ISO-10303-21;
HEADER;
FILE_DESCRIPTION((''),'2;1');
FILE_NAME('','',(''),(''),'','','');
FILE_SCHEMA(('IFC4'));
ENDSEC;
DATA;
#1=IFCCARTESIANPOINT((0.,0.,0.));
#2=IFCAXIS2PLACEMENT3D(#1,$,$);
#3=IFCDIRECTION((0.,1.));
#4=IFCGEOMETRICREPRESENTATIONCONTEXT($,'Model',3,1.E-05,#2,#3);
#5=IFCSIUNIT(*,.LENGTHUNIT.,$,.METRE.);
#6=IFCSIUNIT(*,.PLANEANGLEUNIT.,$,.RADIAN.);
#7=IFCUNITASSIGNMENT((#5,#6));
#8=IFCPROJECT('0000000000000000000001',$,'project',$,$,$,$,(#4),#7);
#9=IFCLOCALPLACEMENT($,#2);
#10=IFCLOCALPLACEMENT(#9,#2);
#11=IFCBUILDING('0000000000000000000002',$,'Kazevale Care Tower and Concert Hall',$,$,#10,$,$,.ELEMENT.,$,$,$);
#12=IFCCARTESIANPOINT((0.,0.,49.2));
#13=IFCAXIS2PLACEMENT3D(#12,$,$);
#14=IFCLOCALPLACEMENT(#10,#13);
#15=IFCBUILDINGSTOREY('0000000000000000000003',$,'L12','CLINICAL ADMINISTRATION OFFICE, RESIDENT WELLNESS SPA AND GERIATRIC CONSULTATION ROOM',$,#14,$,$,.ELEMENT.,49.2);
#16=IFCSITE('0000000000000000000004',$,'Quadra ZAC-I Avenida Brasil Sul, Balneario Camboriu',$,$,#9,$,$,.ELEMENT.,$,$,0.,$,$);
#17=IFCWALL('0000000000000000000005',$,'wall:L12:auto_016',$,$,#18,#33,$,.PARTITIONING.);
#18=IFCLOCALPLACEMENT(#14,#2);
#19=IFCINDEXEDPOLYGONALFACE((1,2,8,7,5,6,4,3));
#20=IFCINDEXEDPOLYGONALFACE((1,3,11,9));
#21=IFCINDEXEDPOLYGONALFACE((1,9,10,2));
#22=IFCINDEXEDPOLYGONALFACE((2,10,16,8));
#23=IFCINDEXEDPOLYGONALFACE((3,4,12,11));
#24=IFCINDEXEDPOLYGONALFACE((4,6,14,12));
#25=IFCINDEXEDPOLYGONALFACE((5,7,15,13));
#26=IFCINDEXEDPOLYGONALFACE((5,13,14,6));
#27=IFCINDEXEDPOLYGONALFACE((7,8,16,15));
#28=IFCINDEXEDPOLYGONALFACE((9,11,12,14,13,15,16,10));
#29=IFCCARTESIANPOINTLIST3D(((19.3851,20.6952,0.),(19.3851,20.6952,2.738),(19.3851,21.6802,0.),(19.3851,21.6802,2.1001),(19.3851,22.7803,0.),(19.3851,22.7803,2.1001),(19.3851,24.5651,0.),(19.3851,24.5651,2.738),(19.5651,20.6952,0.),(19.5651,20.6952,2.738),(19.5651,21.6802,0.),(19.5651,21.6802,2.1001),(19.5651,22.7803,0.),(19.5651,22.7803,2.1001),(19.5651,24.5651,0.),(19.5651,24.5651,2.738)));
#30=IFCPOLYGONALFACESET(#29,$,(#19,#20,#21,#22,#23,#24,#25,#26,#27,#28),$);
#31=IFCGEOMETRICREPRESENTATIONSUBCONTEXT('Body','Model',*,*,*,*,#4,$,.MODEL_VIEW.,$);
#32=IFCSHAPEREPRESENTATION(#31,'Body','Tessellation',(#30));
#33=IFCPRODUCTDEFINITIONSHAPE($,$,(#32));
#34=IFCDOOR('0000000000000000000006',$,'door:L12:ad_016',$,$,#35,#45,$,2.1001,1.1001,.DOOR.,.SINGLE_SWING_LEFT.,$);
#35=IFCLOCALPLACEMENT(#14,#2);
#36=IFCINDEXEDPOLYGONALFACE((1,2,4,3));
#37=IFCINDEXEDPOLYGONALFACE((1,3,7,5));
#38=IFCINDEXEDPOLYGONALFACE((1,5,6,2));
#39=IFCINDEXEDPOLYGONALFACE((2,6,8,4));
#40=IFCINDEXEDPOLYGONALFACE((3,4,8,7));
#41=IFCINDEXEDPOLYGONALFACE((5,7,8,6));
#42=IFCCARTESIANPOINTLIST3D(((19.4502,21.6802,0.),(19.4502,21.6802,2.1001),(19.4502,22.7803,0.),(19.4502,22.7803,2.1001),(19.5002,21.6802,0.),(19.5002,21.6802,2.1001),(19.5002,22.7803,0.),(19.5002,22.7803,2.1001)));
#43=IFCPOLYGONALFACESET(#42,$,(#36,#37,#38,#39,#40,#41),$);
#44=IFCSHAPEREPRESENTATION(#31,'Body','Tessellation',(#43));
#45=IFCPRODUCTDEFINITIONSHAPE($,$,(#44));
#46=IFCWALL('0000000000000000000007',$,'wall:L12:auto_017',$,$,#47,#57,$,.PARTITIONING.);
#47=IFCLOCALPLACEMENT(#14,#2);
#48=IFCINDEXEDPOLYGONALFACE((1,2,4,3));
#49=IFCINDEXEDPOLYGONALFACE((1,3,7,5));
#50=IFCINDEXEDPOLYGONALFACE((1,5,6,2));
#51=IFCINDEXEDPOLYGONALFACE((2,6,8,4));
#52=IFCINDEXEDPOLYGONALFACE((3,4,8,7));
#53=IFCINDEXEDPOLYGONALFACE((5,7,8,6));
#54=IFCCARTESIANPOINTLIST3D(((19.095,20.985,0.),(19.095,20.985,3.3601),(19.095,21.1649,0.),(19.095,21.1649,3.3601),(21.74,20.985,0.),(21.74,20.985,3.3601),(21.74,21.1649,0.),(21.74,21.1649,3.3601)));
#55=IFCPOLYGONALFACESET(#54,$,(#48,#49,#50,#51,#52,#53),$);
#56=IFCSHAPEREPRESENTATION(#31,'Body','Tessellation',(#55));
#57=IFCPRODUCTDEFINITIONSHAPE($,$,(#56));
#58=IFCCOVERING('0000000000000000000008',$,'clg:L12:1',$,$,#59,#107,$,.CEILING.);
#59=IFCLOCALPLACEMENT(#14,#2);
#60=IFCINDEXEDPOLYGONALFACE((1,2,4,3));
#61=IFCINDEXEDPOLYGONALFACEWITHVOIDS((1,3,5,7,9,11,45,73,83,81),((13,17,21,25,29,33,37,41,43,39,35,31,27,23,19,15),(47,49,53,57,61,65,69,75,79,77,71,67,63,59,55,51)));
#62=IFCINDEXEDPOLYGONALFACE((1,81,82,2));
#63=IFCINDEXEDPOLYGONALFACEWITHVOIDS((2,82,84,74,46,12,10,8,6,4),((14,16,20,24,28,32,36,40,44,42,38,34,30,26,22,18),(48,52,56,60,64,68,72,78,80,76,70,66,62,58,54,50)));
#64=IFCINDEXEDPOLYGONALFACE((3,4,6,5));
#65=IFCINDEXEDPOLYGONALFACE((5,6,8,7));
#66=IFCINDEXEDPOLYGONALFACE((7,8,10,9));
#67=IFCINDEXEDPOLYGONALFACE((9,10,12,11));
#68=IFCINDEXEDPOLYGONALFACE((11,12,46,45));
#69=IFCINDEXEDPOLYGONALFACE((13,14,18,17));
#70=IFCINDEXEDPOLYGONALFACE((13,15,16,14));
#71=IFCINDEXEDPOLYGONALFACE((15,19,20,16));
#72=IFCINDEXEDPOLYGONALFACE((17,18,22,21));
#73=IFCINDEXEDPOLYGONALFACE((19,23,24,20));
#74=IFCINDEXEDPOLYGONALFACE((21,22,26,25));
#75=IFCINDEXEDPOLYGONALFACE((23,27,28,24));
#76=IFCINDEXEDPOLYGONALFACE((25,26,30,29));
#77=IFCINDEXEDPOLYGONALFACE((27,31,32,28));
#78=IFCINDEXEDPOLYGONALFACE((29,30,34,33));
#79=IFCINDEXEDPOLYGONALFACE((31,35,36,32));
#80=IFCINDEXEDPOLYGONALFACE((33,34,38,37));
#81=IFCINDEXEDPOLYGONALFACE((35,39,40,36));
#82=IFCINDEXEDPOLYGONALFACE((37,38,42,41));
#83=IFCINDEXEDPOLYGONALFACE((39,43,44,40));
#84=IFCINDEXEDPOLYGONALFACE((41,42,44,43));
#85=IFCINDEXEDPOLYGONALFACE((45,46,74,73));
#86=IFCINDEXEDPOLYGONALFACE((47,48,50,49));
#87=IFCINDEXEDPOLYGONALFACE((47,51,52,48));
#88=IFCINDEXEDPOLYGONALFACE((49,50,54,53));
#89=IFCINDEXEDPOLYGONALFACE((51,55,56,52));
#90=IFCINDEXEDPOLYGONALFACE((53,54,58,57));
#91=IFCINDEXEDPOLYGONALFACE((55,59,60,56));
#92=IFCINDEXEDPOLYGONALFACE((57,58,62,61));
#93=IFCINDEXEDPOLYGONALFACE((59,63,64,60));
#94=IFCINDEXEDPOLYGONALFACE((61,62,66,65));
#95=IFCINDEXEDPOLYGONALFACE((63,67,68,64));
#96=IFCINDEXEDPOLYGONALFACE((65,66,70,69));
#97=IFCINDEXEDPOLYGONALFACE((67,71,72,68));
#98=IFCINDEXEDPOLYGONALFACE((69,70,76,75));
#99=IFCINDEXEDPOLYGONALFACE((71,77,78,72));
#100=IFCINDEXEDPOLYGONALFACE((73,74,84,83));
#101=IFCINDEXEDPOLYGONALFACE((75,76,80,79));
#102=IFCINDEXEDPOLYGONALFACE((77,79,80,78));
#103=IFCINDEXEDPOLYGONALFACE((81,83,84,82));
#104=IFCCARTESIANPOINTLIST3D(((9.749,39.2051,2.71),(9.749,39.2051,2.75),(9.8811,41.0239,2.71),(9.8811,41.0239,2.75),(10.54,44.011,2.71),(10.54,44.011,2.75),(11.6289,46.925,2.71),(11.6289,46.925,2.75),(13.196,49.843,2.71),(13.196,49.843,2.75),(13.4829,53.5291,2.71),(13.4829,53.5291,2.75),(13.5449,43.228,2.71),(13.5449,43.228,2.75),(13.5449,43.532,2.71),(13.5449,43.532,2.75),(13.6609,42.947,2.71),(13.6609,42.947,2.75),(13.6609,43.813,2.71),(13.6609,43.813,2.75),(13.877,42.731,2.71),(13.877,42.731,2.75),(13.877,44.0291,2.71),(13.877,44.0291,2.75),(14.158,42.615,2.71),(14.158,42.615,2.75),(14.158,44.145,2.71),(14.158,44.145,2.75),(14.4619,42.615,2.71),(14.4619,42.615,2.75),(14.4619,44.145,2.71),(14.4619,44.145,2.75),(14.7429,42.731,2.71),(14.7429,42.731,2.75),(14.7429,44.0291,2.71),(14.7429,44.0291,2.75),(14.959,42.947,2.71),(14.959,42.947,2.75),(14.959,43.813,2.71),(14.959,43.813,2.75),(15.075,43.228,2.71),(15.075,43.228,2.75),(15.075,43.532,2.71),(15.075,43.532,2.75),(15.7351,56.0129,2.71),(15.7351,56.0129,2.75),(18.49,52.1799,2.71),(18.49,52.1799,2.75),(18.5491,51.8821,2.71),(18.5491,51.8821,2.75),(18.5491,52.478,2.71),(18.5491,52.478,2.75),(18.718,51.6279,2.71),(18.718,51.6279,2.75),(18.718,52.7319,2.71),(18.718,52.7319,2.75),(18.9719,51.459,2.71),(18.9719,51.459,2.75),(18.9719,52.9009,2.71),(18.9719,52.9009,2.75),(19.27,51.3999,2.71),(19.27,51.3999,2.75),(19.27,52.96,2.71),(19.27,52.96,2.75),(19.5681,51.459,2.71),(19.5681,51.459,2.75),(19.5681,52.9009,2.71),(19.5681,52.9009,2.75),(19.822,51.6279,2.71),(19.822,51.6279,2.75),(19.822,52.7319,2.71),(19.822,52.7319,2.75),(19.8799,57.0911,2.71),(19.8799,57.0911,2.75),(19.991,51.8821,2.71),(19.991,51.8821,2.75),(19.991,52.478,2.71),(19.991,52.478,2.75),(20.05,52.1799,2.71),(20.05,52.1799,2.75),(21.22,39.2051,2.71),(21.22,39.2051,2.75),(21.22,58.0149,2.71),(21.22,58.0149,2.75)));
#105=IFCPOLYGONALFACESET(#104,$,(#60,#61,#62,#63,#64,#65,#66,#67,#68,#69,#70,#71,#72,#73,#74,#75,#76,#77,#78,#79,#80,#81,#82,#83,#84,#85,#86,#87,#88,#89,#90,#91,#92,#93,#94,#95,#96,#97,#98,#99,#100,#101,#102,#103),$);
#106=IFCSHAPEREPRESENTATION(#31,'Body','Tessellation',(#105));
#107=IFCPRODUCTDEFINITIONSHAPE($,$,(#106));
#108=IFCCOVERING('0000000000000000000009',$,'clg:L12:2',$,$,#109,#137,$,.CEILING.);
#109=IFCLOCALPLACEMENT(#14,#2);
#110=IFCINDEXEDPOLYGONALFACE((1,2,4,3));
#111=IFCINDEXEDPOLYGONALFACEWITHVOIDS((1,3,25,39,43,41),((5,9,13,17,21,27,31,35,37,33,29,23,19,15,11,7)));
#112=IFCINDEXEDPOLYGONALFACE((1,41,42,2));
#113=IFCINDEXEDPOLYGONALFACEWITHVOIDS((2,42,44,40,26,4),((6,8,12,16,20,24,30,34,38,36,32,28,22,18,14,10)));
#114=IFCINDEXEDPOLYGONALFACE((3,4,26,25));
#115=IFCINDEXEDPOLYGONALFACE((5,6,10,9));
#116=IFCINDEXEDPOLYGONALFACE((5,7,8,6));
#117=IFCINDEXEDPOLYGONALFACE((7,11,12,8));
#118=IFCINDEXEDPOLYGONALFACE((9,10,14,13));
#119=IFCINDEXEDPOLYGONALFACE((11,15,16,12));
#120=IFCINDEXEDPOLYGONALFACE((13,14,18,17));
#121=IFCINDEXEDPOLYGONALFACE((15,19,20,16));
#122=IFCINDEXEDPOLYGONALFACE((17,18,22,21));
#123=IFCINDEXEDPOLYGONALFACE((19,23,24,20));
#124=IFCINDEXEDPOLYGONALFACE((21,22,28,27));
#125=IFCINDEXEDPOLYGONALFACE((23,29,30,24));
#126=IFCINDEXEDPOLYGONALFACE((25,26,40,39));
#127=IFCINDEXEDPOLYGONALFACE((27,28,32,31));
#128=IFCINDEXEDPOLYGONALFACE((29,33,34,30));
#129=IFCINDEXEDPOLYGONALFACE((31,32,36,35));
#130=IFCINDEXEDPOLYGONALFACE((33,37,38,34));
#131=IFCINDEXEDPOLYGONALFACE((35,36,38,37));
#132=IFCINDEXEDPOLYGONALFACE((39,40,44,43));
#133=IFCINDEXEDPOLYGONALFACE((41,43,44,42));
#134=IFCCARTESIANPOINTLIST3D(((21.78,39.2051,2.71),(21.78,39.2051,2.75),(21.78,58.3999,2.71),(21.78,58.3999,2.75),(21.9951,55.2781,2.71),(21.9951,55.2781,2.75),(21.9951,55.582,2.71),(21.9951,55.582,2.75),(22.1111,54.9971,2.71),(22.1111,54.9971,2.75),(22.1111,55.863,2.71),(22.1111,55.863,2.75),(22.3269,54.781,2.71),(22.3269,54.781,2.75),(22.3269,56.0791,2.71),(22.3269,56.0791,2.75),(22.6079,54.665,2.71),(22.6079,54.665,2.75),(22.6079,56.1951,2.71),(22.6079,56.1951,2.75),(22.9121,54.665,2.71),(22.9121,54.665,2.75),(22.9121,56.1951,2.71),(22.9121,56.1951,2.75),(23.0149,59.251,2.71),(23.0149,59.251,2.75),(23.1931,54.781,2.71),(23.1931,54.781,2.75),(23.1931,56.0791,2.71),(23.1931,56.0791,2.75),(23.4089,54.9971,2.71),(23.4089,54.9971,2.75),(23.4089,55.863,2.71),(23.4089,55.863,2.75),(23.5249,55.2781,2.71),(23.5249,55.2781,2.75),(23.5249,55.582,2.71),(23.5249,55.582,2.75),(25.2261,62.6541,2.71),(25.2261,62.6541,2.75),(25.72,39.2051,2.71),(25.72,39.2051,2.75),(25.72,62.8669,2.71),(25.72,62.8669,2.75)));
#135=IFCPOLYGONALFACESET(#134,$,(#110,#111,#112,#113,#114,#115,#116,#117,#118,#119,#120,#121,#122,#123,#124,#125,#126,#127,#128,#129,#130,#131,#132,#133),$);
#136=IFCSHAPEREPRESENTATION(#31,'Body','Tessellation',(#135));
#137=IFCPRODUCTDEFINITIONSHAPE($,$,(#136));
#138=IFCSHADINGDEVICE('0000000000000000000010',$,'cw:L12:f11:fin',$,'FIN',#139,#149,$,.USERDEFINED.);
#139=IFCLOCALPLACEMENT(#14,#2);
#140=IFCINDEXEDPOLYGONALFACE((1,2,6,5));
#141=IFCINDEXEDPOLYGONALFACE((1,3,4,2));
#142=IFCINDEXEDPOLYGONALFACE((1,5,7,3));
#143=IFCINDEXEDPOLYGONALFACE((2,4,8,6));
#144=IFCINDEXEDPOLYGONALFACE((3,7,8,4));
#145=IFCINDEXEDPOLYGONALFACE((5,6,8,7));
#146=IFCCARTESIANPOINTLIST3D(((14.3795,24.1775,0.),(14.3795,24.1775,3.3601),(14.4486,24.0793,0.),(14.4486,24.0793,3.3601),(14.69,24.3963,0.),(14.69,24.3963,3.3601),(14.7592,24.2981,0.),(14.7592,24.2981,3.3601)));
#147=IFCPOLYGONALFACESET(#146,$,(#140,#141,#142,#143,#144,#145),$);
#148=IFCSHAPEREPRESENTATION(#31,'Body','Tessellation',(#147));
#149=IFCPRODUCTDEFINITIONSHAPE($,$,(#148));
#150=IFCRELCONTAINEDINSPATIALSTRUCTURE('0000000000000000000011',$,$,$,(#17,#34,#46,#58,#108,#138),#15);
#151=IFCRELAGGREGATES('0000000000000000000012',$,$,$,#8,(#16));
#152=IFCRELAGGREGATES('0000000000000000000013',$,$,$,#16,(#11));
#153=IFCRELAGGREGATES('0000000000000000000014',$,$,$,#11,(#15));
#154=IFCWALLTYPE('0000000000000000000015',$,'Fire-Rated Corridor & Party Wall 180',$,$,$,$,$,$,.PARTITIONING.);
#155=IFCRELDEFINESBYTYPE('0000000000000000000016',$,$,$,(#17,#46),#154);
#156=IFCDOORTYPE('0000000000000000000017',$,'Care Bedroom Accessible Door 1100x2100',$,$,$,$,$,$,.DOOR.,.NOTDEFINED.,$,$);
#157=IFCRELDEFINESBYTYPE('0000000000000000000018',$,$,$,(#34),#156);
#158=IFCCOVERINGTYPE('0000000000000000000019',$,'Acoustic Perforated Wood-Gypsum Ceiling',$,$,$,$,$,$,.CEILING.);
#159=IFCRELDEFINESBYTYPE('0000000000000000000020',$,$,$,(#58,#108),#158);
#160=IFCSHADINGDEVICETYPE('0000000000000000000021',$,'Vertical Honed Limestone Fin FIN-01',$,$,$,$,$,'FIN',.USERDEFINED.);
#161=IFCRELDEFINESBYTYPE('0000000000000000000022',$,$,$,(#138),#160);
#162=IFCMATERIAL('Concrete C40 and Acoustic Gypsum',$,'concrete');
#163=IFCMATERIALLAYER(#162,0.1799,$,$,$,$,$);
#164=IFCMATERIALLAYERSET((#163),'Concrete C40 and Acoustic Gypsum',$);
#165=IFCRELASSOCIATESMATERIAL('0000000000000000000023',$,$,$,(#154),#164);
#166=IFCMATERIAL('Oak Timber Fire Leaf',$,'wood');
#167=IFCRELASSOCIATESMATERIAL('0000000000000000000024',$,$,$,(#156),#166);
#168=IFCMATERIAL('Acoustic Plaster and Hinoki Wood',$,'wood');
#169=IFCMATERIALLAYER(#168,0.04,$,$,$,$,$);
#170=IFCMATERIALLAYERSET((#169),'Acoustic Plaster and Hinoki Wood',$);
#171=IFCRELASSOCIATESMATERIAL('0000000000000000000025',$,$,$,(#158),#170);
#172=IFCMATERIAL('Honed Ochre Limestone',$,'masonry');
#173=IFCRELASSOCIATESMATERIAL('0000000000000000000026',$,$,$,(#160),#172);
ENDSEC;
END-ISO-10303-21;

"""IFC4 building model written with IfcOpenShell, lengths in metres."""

from ifc_helpers import new_model, si_unit, direction, frame, frame_2d, origin, origin_2d, place, context, subcontext, project, spatial, polyline, rectangle, outline, extrude, material, layer, layer_set, type_object, element, fill, save


model = new_model("IFC4")

# Units and contexts
model_context = context("Model", 3, precision=1e-05, world=origin(), true_north=direction((0.0, 1.0)))
body_context = subcontext(model_context, "Body", "Model", "MODEL_VIEW")
ifc_project = project(units=[si_unit("LENGTHUNIT", "METRE"), si_unit("PLANEANGLEUNIT", "RADIAN")], contexts=[model_context])

# Site, building, storey
site_placement = place(None, origin())
site = spatial("IfcSite", under=ifc_project, at=site_placement, Name="Quadra ZAC-I Avenida Brasil Sul, Balneario Camboriu", CompositionType="ELEMENT", RefElevation=0.0)
building_placement = place(site_placement, origin())
building = spatial("IfcBuilding", under=site, at=building_placement, Name="Kazevale Care Tower and Concert Hall", CompositionType="ELEMENT")
storey_placement = place(building_placement, frame((0.0, 0.0, 49.2)))
storey = spatial("IfcBuildingStorey", under=building, at=storey_placement, Name="L12", Description="CLINICAL ADMINISTRATION OFFICE, RESIDENT WELLNESS SPA AND GERIATRIC CONSULTATION ROOM", CompositionType="ELEMENT", Elevation=49.2)

# Wall, opening, door
ifc_material_1 = material(Name="Concrete C40 and Acoustic Gypsum", Category="concrete")
ifc_layer_1 = layer(ifc_material_1, 0.1799)
ifc_layer_set_1 = layer_set([ifc_layer_1], Name="Concrete C40 and Acoustic Gypsum")
wall_type_1 = type_object("IfcWallType", Name="Fire-Rated Corridor & Party Wall 180", PredefinedType="PARTITIONING", material=ifc_layer_set_1)
wall_1_placement = place(storey_placement, frame((19.4751, 20.6951, 0.0), z_axis=(0.0, 0.0, 1.0), x_axis=(0.0, 1.0, 0.0)))
wall_1 = element("IfcWall", 1, at=wall_1_placement, inside=storey, type_object=wall_type_1, Name="wall:L12:auto_016", PredefinedType="PARTITIONING", context=body_context, shape_type="SweptSolid", body=[
    extrude(rectangle(XDim=3.8699, YDim=0.1799, at=frame_2d((1.9351, 0.0))), origin(), (0.0, 0.0, 1.0), 2.738),
])
opening_placement = place(wall_1_placement, frame((0.9851, 0.0, 0.0)))
opening = element("IfcOpeningElement", 2, at=opening_placement, cuts=wall_1, PredefinedType="OPENING", context=body_context, shape_type="SweptSolid", body=[
    extrude(rectangle(XDim=1.1001, YDim=2.1001, at=frame_2d((0.55, 1.05))), frame((0.0, 0.0999, 0.0), z_axis=(0.0, -1.0, 0.0), x_axis=(1.0, 0.0, 0.0)), (0.0, 0.0, 1.0), 0.2),
])
ifc_material_2 = material(Name="Oak Timber Fire Leaf", Category="wood")
door_type = type_object("IfcDoorType", Name="Care Bedroom Accessible Door 1100x2100", OperationType="NOTDEFINED", PredefinedType="DOOR", material=ifc_material_2)
door_placement = place(opening_placement, origin())
door = element("IfcDoor", 3, at=door_placement, inside=storey, type_object=door_type, Name="door:L12:ad_016", OperationType="SINGLE_SWING_LEFT", OverallHeight=2.1001, OverallWidth=1.1001, PredefinedType="DOOR", context=body_context, shape_type="SweptSolid", body=[
    extrude(rectangle(XDim=1.1001, YDim=2.1001, at=frame_2d((0.55, 1.05))), frame((0.0, 0.0249, 0.0), z_axis=(0.0, -1.0, 0.0), x_axis=(1.0, 0.0, 0.0)), (0.0, 0.0, 1.0), 0.05),
])
fill(opening, door)

# Wall
wall_2_placement = place(storey_placement, frame((21.74, 21.075, 0.0), z_axis=(0.0, 0.0, 1.0), x_axis=(-1.0, 0.0, 0.0)))
element("IfcWall", 4, at=wall_2_placement, inside=storey, type_object=wall_type_1, Name="wall:L12:auto_017", PredefinedType="PARTITIONING", context=body_context, shape_type="SweptSolid", body=[
    extrude(rectangle(XDim=2.645, YDim=0.1799, at=frame_2d((1.3225, 0.0))), origin(), (0.0, 0.0, 1.0), 3.3601),
])

# Coverings
ifc_material_3 = material(Name="Acoustic Plaster and Hinoki Wood", Category="wood")
ifc_layer_2 = layer(ifc_material_3, 0.04)
ifc_layer_set_2 = layer_set([ifc_layer_2], Name="Acoustic Plaster and Hinoki Wood")
covering_type = type_object("IfcCoveringType", Name="Acoustic Perforated Wood-Gypsum Ceiling", PredefinedType="CEILING", material=ifc_layer_set_2)
covering_1_placement = place(storey_placement, frame((0.0, 0.0, 2.71)))
element("IfcCovering", 5, at=covering_1_placement, inside=storey, type_object=covering_type, Name="clg:L12:1", PredefinedType="CEILING", context=body_context, shape_type="SweptSolid", body=[
    extrude(outline(polyline([(13.196, 49.843), (13.4829, 53.5291), (15.7351, 56.0129), (19.8799, 57.0911), (21.22, 58.0149), (21.22, 39.2051), (9.749, 39.2051), (9.8811, 41.0239), (10.54, 44.011), (11.6289, 46.925), (13.196, 49.843)]), holes=[polyline([(19.991, 52.478), (19.822, 52.7319), (19.5681, 52.9009), (19.27, 52.96), (18.9719, 52.9009), (18.718, 52.7319), (18.5491, 52.478), (18.49, 52.1799), (18.5491, 51.8821), (18.718, 51.6279), (18.9719, 51.459), (19.27, 51.3999), (19.5681, 51.459), (19.822, 51.6279), (19.991, 51.8821), (20.05, 52.1799), (19.991, 52.478)]), polyline([(15.075, 43.532), (14.959, 43.813), (14.7429, 44.0291), (14.4619, 44.145), (14.158, 44.145), (13.877, 44.0291), (13.6609, 43.813), (13.5449, 43.532), (13.5449, 43.228), (13.6609, 42.947), (13.877, 42.731), (14.158, 42.615), (14.4619, 42.615), (14.7429, 42.731), (14.959, 42.947), (15.075, 43.228), (15.075, 43.532)])]), origin(), (0.0, 0.0, 1.0), 0.04),
])
covering_2_placement = place(storey_placement, frame((0.0, 0.0, 2.71)))
element("IfcCovering", 6, at=covering_2_placement, inside=storey, type_object=covering_type, Name="clg:L12:2", PredefinedType="CEILING", context=body_context, shape_type="SweptSolid", body=[
    extrude(outline(polyline([(21.78, 39.2051), (21.78, 58.3999), (23.0149, 59.251), (25.2261, 62.6541), (25.72, 62.8669), (25.72, 39.2051), (21.78, 39.2051)]), holes=[polyline([(23.5249, 55.582), (23.4089, 55.863), (23.1931, 56.0791), (22.9121, 56.1951), (22.6079, 56.1951), (22.3269, 56.0791), (22.1111, 55.863), (21.9951, 55.582), (21.9951, 55.2781), (22.1111, 54.9971), (22.3269, 54.781), (22.6079, 54.665), (22.9121, 54.665), (23.1931, 54.781), (23.4089, 54.9971), (23.5249, 55.2781), (23.5249, 55.582)])]), origin(), (0.0, 0.0, 1.0), 0.04),
])

# Shading device
ifc_material_4 = material(Name="Honed Ochre Limestone", Category="masonry")
shading_device_type = type_object("IfcShadingDeviceType", Name="Vertical Honed Limestone Fin FIN-01", ElementType="FIN", PredefinedType="USERDEFINED", material=ifc_material_4)
shading_device_placement = place(storey_placement, frame((14.5693, 24.2378, 0.0), z_axis=(0.0, 0.0, 1.0), x_axis=(-0.817547, -0.575862, 0.0)))
element("IfcShadingDevice", 7, at=shading_device_placement, inside=storey, type_object=shading_device_type, Name="cw:L12:f11:fin", ObjectType="FIN", PredefinedType="USERDEFINED", context=body_context, shape_type="SweptSolid", body=[
    extrude(rectangle(XDim=0.3799, YDim=0.1201, at=origin_2d()), origin(), (0.0, 0.0, 1.0), 3.3601),
])

save(model, "model.ifc")
